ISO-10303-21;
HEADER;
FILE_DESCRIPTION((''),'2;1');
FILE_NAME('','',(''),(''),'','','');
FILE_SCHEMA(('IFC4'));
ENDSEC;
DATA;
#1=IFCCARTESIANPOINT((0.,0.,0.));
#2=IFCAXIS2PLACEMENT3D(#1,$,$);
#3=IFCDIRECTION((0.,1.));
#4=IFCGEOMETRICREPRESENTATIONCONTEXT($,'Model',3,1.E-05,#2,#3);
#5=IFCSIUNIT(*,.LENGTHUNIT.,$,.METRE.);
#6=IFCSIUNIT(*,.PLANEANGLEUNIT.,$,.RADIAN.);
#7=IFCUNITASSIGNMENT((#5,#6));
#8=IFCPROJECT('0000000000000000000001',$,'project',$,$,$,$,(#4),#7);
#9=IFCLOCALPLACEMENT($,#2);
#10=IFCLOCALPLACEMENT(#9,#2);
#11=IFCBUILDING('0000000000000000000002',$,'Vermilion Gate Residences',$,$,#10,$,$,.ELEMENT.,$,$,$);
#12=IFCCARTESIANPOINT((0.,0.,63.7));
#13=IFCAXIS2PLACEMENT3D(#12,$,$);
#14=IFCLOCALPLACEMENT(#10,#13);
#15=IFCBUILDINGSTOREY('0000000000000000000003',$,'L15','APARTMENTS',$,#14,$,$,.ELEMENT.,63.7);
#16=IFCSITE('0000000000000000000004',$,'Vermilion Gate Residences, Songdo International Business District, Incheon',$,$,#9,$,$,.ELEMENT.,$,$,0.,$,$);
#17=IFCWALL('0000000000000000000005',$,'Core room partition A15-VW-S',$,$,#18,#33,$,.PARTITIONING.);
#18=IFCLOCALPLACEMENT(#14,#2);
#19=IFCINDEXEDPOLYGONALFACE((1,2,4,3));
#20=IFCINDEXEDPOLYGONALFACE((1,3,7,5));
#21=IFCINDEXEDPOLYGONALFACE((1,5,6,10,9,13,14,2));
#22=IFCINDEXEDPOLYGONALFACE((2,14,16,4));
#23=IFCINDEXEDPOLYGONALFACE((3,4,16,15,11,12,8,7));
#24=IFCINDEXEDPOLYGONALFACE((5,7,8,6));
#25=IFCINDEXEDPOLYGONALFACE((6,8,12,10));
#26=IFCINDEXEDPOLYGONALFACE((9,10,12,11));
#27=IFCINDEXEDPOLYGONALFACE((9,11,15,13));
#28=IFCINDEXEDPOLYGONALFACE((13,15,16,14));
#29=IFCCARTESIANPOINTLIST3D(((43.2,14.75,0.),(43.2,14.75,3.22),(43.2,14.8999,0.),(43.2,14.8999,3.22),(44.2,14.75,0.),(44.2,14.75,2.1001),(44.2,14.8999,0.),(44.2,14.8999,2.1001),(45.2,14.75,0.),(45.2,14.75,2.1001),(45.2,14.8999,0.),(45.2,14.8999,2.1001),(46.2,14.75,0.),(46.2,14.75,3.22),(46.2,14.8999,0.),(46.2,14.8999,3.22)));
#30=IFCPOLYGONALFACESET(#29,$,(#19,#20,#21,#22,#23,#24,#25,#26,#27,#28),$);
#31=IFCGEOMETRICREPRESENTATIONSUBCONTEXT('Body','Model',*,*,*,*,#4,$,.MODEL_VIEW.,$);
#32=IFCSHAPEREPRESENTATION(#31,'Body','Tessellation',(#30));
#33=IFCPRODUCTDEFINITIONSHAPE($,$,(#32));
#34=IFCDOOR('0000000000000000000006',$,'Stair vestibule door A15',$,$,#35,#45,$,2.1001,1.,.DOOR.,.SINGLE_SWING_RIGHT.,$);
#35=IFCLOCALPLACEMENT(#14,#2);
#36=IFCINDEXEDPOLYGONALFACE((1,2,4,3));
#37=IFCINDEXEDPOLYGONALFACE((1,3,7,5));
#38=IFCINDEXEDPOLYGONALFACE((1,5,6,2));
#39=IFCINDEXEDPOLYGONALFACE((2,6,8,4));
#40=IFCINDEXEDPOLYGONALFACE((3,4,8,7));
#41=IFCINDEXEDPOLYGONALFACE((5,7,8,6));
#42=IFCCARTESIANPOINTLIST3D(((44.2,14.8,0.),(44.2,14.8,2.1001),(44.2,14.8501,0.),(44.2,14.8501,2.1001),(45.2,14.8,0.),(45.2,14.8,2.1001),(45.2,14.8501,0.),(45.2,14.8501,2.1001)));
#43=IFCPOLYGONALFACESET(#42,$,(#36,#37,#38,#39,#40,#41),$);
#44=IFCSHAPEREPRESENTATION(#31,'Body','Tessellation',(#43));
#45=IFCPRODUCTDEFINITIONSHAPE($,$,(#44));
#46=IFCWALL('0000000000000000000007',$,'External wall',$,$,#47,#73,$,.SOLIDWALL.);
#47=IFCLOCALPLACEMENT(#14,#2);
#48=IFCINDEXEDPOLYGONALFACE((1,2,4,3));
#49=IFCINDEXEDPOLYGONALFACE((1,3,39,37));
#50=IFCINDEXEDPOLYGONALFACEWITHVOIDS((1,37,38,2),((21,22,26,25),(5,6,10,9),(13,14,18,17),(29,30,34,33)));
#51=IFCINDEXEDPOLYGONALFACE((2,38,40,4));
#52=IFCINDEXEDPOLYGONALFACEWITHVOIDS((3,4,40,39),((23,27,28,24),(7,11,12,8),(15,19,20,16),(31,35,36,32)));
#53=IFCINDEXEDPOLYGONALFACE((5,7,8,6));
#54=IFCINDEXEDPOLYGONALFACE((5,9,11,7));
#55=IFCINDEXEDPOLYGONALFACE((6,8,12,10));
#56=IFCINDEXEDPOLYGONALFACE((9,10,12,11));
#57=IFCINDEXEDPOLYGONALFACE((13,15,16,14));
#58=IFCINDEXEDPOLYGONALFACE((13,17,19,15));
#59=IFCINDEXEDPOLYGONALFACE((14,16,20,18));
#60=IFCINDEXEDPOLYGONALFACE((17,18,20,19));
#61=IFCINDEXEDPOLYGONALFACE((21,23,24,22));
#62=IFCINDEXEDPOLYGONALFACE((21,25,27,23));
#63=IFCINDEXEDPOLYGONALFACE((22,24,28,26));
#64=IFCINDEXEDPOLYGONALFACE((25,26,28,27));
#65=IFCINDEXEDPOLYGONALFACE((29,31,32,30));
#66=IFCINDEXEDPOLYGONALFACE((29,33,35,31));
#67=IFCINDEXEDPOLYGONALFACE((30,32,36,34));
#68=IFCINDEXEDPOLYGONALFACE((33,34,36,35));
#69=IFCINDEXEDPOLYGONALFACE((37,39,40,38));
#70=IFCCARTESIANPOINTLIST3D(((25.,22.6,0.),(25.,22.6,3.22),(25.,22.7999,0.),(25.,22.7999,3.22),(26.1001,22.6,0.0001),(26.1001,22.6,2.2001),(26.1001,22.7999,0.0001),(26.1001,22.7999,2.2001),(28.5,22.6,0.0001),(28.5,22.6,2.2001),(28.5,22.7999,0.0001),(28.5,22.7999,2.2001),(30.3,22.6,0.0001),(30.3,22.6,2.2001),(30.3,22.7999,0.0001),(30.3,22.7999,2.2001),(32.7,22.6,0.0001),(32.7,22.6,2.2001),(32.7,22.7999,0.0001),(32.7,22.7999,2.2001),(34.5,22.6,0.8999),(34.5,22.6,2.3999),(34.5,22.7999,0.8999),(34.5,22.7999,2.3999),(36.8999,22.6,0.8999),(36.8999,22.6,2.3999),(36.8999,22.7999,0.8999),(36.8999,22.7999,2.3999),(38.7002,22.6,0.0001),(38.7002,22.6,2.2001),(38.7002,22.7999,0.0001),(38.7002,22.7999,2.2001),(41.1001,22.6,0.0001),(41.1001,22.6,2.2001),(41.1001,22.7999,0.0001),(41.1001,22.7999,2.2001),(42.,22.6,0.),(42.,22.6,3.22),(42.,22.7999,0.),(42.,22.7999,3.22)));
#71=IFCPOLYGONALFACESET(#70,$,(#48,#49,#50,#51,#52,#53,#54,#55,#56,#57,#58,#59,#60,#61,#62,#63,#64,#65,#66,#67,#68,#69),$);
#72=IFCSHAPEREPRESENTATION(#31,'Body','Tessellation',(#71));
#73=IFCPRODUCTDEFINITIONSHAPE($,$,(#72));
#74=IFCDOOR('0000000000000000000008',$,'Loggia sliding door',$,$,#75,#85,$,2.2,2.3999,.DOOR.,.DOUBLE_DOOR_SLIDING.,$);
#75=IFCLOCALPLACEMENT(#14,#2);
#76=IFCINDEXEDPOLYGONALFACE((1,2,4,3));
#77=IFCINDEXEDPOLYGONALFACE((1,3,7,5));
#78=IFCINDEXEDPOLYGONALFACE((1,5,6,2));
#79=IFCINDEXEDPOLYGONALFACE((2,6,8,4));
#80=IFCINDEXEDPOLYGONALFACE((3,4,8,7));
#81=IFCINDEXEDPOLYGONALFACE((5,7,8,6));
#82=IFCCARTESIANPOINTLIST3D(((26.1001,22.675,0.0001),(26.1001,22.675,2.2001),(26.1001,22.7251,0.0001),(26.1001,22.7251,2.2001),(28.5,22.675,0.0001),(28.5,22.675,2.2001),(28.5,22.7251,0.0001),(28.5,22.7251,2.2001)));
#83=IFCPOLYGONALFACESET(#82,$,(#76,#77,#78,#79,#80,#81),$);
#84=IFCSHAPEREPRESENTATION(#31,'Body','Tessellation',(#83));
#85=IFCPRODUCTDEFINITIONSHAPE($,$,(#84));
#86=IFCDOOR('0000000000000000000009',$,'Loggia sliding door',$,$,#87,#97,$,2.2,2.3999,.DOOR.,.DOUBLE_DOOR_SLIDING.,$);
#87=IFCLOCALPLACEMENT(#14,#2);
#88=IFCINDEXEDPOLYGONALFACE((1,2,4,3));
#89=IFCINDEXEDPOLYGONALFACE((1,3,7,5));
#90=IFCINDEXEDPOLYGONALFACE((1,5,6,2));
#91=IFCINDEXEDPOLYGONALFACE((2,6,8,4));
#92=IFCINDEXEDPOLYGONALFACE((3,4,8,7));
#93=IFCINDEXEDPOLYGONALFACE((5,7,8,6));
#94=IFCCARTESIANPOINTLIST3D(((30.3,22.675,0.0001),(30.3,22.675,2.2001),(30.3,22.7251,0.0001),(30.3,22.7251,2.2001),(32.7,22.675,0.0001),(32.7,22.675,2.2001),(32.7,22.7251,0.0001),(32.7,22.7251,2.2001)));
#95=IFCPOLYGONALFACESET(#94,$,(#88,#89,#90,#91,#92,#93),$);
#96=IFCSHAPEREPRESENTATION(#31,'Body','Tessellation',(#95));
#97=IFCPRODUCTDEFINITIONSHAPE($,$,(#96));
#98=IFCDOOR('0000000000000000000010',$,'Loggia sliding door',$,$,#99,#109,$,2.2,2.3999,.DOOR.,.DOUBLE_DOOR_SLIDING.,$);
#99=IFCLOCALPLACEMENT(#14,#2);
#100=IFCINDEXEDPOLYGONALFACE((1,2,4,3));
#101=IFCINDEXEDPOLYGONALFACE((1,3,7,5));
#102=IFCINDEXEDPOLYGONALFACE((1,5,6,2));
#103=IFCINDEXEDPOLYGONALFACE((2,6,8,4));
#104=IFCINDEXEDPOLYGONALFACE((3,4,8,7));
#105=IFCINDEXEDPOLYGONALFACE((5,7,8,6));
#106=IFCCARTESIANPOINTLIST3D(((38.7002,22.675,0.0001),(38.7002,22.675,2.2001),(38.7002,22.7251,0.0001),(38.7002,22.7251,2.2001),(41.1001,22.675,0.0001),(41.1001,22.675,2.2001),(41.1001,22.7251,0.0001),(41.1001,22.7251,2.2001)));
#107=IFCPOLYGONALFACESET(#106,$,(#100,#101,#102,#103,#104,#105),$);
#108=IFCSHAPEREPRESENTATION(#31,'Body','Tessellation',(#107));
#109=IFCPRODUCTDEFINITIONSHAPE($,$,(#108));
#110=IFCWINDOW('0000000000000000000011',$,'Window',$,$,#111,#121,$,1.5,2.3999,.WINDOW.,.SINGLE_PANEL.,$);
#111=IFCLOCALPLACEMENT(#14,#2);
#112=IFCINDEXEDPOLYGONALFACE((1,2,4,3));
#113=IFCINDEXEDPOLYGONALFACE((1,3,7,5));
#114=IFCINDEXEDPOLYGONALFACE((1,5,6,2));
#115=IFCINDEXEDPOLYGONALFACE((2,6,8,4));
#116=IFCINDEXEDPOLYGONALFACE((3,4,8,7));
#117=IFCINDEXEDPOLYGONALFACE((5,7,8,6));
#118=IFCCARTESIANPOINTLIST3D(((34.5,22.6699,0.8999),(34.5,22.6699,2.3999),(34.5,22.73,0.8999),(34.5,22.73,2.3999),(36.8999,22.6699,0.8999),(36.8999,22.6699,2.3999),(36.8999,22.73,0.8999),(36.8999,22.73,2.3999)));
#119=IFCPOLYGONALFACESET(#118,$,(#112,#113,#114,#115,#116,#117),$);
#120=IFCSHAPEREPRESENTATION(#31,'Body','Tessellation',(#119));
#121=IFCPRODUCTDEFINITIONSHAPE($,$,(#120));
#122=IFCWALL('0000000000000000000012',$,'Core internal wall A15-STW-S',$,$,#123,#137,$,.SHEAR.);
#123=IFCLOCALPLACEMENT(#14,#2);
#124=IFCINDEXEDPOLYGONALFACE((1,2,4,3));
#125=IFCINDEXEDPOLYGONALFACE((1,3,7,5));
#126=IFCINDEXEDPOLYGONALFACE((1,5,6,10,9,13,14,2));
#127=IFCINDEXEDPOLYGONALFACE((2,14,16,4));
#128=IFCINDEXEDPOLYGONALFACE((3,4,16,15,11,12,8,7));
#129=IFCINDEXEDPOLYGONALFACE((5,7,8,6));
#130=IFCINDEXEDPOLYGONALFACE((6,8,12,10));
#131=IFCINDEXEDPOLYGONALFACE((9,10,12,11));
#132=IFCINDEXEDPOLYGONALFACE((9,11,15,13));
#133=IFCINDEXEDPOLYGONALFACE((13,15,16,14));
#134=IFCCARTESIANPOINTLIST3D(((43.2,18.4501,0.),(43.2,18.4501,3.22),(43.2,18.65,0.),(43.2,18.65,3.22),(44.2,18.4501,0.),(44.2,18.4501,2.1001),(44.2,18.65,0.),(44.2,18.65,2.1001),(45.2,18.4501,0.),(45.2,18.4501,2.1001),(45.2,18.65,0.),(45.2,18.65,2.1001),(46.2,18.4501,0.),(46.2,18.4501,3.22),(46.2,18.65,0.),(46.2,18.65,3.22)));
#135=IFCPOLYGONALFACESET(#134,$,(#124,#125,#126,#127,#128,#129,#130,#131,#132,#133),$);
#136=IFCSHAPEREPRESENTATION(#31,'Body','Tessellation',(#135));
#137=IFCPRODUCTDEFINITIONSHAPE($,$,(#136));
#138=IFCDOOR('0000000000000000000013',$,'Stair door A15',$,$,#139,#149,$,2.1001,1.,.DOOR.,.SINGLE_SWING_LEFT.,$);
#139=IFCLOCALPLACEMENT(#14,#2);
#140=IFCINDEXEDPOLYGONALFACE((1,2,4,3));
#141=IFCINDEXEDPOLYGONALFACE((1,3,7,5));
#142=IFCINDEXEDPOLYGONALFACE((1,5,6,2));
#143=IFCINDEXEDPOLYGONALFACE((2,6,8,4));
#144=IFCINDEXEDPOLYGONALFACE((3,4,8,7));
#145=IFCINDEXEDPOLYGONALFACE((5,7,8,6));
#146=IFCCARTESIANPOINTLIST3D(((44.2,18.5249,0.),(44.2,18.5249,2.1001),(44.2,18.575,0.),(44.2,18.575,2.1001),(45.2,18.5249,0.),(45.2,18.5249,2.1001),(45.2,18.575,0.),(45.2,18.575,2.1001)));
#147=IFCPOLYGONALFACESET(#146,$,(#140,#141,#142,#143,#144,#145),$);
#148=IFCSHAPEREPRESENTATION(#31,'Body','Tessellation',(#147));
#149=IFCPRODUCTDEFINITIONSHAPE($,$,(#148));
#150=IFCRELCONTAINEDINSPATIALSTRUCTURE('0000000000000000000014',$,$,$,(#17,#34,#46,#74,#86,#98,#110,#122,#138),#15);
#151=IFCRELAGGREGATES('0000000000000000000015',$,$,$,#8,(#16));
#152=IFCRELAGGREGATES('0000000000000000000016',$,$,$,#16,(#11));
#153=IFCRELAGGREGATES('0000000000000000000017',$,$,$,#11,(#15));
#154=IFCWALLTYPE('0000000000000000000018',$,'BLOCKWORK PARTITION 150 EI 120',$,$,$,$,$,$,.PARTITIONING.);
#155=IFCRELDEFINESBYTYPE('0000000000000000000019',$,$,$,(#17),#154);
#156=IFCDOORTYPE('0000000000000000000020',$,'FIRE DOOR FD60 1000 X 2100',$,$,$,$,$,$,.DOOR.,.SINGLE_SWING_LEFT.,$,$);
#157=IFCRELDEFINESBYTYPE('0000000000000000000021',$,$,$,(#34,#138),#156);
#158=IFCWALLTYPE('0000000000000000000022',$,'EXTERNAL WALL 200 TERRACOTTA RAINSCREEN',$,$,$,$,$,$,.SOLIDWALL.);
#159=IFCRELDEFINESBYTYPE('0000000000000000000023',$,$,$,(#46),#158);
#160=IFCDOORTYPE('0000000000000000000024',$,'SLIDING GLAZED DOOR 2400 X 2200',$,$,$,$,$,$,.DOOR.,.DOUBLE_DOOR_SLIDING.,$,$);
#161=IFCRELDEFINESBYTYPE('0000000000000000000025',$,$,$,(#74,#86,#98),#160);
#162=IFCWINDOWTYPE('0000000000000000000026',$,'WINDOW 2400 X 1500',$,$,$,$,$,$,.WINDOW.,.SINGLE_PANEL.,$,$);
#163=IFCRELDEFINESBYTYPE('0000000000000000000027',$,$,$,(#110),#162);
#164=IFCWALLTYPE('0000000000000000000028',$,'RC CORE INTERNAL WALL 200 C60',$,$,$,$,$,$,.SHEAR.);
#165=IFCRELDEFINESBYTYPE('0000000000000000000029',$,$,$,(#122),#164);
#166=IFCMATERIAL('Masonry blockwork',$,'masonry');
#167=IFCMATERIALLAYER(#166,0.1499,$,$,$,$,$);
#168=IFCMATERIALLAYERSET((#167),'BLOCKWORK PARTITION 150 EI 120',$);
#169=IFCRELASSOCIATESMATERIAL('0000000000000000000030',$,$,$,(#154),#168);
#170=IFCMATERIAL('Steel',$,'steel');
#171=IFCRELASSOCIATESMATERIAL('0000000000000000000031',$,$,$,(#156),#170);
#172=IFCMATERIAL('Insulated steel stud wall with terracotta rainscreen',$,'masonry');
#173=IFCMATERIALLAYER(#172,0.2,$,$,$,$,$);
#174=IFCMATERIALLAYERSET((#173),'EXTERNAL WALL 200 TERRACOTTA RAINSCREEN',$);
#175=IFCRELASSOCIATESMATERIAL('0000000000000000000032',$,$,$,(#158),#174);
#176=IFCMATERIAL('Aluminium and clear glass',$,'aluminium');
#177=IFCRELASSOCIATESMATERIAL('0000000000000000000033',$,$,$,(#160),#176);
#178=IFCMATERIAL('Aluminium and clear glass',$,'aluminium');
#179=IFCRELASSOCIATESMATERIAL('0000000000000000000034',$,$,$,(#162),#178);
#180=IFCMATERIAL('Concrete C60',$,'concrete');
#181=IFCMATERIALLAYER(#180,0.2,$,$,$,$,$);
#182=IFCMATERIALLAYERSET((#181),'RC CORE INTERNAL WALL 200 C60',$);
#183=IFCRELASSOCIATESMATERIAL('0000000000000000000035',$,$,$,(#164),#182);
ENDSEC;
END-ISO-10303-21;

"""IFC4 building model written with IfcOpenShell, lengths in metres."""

from ifc_helpers import new_model, si_unit, direction, frame, frame_2d, origin, place, context, subcontext, project, spatial, rectangle, extrude, material, layer, layer_set, type_object, element, fill, save


model = new_model("IFC4")

# Units and contexts
model_context = context("Model", 3, precision=1e-05, world=origin(), true_north=direction((0.0, 1.0)))
body_context = subcontext(model_context, "Body", "Model", "MODEL_VIEW")
ifc_project = project(units=[si_unit("LENGTHUNIT", "METRE"), si_unit("PLANEANGLEUNIT", "RADIAN")], contexts=[model_context])

# Site, building, storey
site_placement = place(None, origin())
site = spatial("IfcSite", under=ifc_project, at=site_placement, Name="Vermilion Gate Residences, Songdo International Business District, Incheon", CompositionType="ELEMENT", RefElevation=0.0)
building_placement = place(site_placement, origin())
building = spatial("IfcBuilding", under=site, at=building_placement, Name="Vermilion Gate Residences", CompositionType="ELEMENT")
storey_placement = place(building_placement, frame((0.0, 0.0, 63.7)))
storey = spatial("IfcBuildingStorey", under=building, at=storey_placement, Name="L15", Description="APARTMENTS", CompositionType="ELEMENT", Elevation=63.7)

# Wall, opening, door
ifc_material_1 = material(Name="Masonry blockwork", Category="masonry")
ifc_layer_1 = layer(ifc_material_1, 0.1499)
ifc_layer_set_1 = layer_set([ifc_layer_1], Name="BLOCKWORK PARTITION 150 EI 120")
wall_type_1 = type_object("IfcWallType", Name="BLOCKWORK PARTITION 150 EI 120", PredefinedType="PARTITIONING", material=ifc_layer_set_1)
wall_1_placement = place(storey_placement, frame((43.2, 14.825, 0.0), z_axis=(0.0, 0.0, 1.0), x_axis=(1.0, 0.0, 0.0)))
wall_1 = element("IfcWall", 1, at=wall_1_placement, inside=storey, type_object=wall_type_1, Name="Core room partition A15-VW-S", PredefinedType="PARTITIONING", context=body_context, shape_type="SweptSolid", body=[
    extrude(rectangle(XDim=3.0, YDim=0.1499, at=frame_2d((1.5, 0.0))), origin(), (0.0, 0.0, 1.0), 3.22),
])
opening_1_placement = place(wall_1_placement, frame((1.0, 0.0, 0.0)))
opening_1 = element("IfcOpeningElement", 2, at=opening_1_placement, cuts=wall_1, PredefinedType="OPENING", context=body_context, shape_type="SweptSolid", body=[
    extrude(rectangle(XDim=1.0, YDim=2.1001, at=frame_2d((0.5, 1.05))), frame((0.0, 0.085, 0.0), z_axis=(0.0, -1.0, 0.0), x_axis=(1.0, 0.0, 0.0)), (0.0, 0.0, 1.0), 0.1699),
])
ifc_material_2 = material(Name="Steel", Category="steel")
door_type_1 = type_object("IfcDoorType", Name="FIRE DOOR FD60 1000 X 2100", OperationType="SINGLE_SWING_LEFT", PredefinedType="DOOR", material=ifc_material_2)
door_1_placement = place(opening_1_placement, frame((1.0, 0.0, 0.0), z_axis=(0.0, 0.0, 1.0), x_axis=(-1.0, 0.0, 0.0)))
door_1 = element("IfcDoor", 3, at=door_1_placement, inside=storey, type_object=door_type_1, Name="Stair vestibule door A15", OperationType="SINGLE_SWING_RIGHT", OverallHeight=2.1001, OverallWidth=1.0, PredefinedType="DOOR", context=body_context, shape_type="SweptSolid", body=[
    extrude(rectangle(XDim=1.0, YDim=2.1001, at=frame_2d((0.5, 1.05))), frame((0.0, 0.0249, 0.0), z_axis=(0.0, -1.0, 0.0), x_axis=(1.0, 0.0, 0.0)), (0.0, 0.0, 1.0), 0.05),
])
fill(opening_1, door_1)

# Wall, openings, doors, window
ifc_material_3 = material(Name="Insulated steel stud wall with terracotta rainscreen", Category="masonry")
ifc_layer_2 = layer(ifc_material_3, 0.2)
ifc_layer_set_2 = layer_set([ifc_layer_2], Name="EXTERNAL WALL 200 TERRACOTTA RAINSCREEN")
wall_type_2 = type_object("IfcWallType", Name="EXTERNAL WALL 200 TERRACOTTA RAINSCREEN", PredefinedType="SOLIDWALL", material=ifc_layer_set_2)
wall_2_placement = place(storey_placement, frame((42.0, 22.7, 0.0), z_axis=(0.0, 0.0, 1.0), x_axis=(-1.0, 0.0, 0.0)))
wall_2 = element("IfcWall", 4, at=wall_2_placement, inside=storey, type_object=wall_type_2, Name="External wall", PredefinedType="SOLIDWALL", context=body_context, shape_type="SweptSolid", body=[
    extrude(rectangle(XDim=17.0, YDim=0.2, at=frame_2d((8.5, 0.0))), origin(), (0.0, 0.0, 1.0), 3.22),
])
opening_2_placement = place(wall_2_placement, frame((13.5, 0.0, 0.0)))
opening_2 = element("IfcOpeningElement", 5, at=opening_2_placement, cuts=wall_2, PredefinedType="OPENING", context=body_context, shape_type="SweptSolid", body=[
    extrude(rectangle(XDim=2.3999, YDim=2.2, at=frame_2d((1.2, 1.1001))), frame((0.0, 0.1099, 0.0), z_axis=(0.0, -1.0, 0.0), x_axis=(1.0, 0.0, 0.0)), (0.0, 0.0, 1.0), 0.22),
])
opening_3_placement = place(wall_2_placement, frame((9.3, 0.0, 0.0)))
opening_3 = element("IfcOpeningElement", 6, at=opening_3_placement, cuts=wall_2, PredefinedType="OPENING", context=body_context, shape_type="SweptSolid", body=[
    extrude(rectangle(XDim=2.3999, YDim=2.2, at=frame_2d((1.2, 1.1001))), frame((0.0, 0.1099, 0.0), z_axis=(0.0, -1.0, 0.0), x_axis=(1.0, 0.0, 0.0)), (0.0, 0.0, 1.0), 0.22),
])
opening_4_placement = place(wall_2_placement, frame((5.1001, 0.0, 0.8999)))
opening_4 = element("IfcOpeningElement", 7, at=opening_4_placement, cuts=wall_2, PredefinedType="OPENING", context=body_context, shape_type="SweptSolid", body=[
    extrude(rectangle(XDim=2.3999, YDim=1.5, at=frame_2d((1.2, 0.75))), frame((0.0, 0.1099, 0.0), z_axis=(0.0, -1.0, 0.0), x_axis=(1.0, 0.0, 0.0)), (0.0, 0.0, 1.0), 0.22),
])
opening_5_placement = place(wall_2_placement, frame((0.8999, 0.0, 0.0)))
opening_5 = element("IfcOpeningElement", 8, at=opening_5_placement, cuts=wall_2, PredefinedType="OPENING", context=body_context, shape_type="SweptSolid", body=[
    extrude(rectangle(XDim=2.3999, YDim=2.2, at=frame_2d((1.2, 1.1001))), frame((0.0, 0.1099, 0.0), z_axis=(0.0, -1.0, 0.0), x_axis=(1.0, 0.0, 0.0)), (0.0, 0.0, 1.0), 0.22),
])
ifc_material_4 = material(Name="Aluminium and clear glass", Category="aluminium")
door_type_2 = type_object("IfcDoorType", Name="SLIDING GLAZED DOOR 2400 X 2200", OperationType="DOUBLE_DOOR_SLIDING", PredefinedType="DOOR", material=ifc_material_4)
door_2_placement = place(opening_2_placement, origin())
door_2 = element("IfcDoor", 9, at=door_2_placement, inside=storey, type_object=door_type_2, Name="Loggia sliding door", OperationType="DOUBLE_DOOR_SLIDING", OverallHeight=2.2, OverallWidth=2.3999, PredefinedType="DOOR", context=body_context, shape_type="SweptSolid", body=[
    extrude(rectangle(XDim=2.3999, YDim=2.2, at=frame_2d((1.2, 1.1001))), frame((0.0, 0.0249, 0.0), z_axis=(0.0, -1.0, 0.0), x_axis=(1.0, 0.0, 0.0)), (0.0, 0.0, 1.0), 0.05),
])
fill(opening_2, door_2)
door_3_placement = place(opening_3_placement, origin())
door_3 = element("IfcDoor", 10, at=door_3_placement, inside=storey, type_object=door_type_2, Name="Loggia sliding door", OperationType="DOUBLE_DOOR_SLIDING", OverallHeight=2.2, OverallWidth=2.3999, PredefinedType="DOOR", context=body_context, shape_type="SweptSolid", body=[
    extrude(rectangle(XDim=2.3999, YDim=2.2, at=frame_2d((1.2, 1.1001))), frame((0.0, 0.0249, 0.0), z_axis=(0.0, -1.0, 0.0), x_axis=(1.0, 0.0, 0.0)), (0.0, 0.0, 1.0), 0.05),
])
fill(opening_3, door_3)
door_4_placement = place(opening_5_placement, origin())
door_4 = element("IfcDoor", 11, at=door_4_placement, inside=storey, type_object=door_type_2, Name="Loggia sliding door", OperationType="DOUBLE_DOOR_SLIDING", OverallHeight=2.2, OverallWidth=2.3999, PredefinedType="DOOR", context=body_context, shape_type="SweptSolid", body=[
    extrude(rectangle(XDim=2.3999, YDim=2.2, at=frame_2d((1.2, 1.1001))), frame((0.0, 0.0249, 0.0), z_axis=(0.0, -1.0, 0.0), x_axis=(1.0, 0.0, 0.0)), (0.0, 0.0, 1.0), 0.05),
])
fill(opening_5, door_4)
ifc_material_5 = material(Name="Aluminium and clear glass", Category="aluminium")
window_type_1 = type_object("IfcWindowType", Name="WINDOW 2400 X 1500", PartitioningType="SINGLE_PANEL", PredefinedType="WINDOW", material=ifc_material_5)
window_1_placement = place(opening_4_placement, origin())
window_1 = element("IfcWindow", 12, at=window_1_placement, inside=storey, type_object=window_type_1, Name="Window", OverallHeight=1.5, OverallWidth=2.3999, PartitioningType="SINGLE_PANEL", PredefinedType="WINDOW", context=body_context, shape_type="SweptSolid", body=[
    extrude(rectangle(XDim=2.3999, YDim=1.5, at=frame_2d((1.2, 0.75))), frame((0.0, 0.03, 0.0), z_axis=(0.0, -1.0, 0.0), x_axis=(1.0, 0.0, 0.0)), (0.0, 0.0, 1.0), 0.0601),
])
fill(opening_4, window_1)

# Wall, opening, door
ifc_material_6 = material(Name="Concrete C60", Category="concrete")
ifc_layer_3 = layer(ifc_material_6, 0.2)
ifc_layer_set_3 = layer_set([ifc_layer_3], Name="RC CORE INTERNAL WALL 200 C60")
wall_type_3 = type_object("IfcWallType", Name="RC CORE INTERNAL WALL 200 C60", PredefinedType="SHEAR", material=ifc_layer_set_3)
wall_3_placement = place(storey_placement, frame((43.2, 18.55, 0.0), z_axis=(0.0, 0.0, 1.0), x_axis=(1.0, 0.0, 0.0)))
wall_3 = element("IfcWall", 13, at=wall_3_placement, inside=storey, type_object=wall_type_3, Name="Core internal wall A15-STW-S", PredefinedType="SHEAR", context=body_context, shape_type="SweptSolid", body=[
    extrude(rectangle(XDim=3.0, YDim=0.2, at=frame_2d((1.5, 0.0))), origin(), (0.0, 0.0, 1.0), 3.22),
])
opening_6_placement = place(wall_3_placement, frame((1.0, 0.0, 0.0)))
opening_6 = element("IfcOpeningElement", 14, at=opening_6_placement, cuts=wall_3, PredefinedType="OPENING", context=body_context, shape_type="SweptSolid", body=[
    extrude(rectangle(XDim=1.0, YDim=2.1001, at=frame_2d((0.5, 1.05))), frame((0.0, 0.1099, 0.0), z_axis=(0.0, -1.0, 0.0), x_axis=(1.0, 0.0, 0.0)), (0.0, 0.0, 1.0), 0.22),
])
door_5_placement = place(opening_6_placement, origin())
door_5 = element("IfcDoor", 15, at=door_5_placement, inside=storey, type_object=door_type_1, Name="Stair door A15", OperationType="SINGLE_SWING_LEFT", OverallHeight=2.1001, OverallWidth=1.0, PredefinedType="DOOR", context=body_context, shape_type="SweptSolid", body=[
    extrude(rectangle(XDim=1.0, YDim=2.1001, at=frame_2d((0.5, 1.05))), frame((0.0, 0.0249, 0.0), z_axis=(0.0, -1.0, 0.0), x_axis=(1.0, 0.0, 0.0)), (0.0, 0.0, 1.0), 0.05),
])
fill(opening_6, door_5)

save(model, "model.ifc")
